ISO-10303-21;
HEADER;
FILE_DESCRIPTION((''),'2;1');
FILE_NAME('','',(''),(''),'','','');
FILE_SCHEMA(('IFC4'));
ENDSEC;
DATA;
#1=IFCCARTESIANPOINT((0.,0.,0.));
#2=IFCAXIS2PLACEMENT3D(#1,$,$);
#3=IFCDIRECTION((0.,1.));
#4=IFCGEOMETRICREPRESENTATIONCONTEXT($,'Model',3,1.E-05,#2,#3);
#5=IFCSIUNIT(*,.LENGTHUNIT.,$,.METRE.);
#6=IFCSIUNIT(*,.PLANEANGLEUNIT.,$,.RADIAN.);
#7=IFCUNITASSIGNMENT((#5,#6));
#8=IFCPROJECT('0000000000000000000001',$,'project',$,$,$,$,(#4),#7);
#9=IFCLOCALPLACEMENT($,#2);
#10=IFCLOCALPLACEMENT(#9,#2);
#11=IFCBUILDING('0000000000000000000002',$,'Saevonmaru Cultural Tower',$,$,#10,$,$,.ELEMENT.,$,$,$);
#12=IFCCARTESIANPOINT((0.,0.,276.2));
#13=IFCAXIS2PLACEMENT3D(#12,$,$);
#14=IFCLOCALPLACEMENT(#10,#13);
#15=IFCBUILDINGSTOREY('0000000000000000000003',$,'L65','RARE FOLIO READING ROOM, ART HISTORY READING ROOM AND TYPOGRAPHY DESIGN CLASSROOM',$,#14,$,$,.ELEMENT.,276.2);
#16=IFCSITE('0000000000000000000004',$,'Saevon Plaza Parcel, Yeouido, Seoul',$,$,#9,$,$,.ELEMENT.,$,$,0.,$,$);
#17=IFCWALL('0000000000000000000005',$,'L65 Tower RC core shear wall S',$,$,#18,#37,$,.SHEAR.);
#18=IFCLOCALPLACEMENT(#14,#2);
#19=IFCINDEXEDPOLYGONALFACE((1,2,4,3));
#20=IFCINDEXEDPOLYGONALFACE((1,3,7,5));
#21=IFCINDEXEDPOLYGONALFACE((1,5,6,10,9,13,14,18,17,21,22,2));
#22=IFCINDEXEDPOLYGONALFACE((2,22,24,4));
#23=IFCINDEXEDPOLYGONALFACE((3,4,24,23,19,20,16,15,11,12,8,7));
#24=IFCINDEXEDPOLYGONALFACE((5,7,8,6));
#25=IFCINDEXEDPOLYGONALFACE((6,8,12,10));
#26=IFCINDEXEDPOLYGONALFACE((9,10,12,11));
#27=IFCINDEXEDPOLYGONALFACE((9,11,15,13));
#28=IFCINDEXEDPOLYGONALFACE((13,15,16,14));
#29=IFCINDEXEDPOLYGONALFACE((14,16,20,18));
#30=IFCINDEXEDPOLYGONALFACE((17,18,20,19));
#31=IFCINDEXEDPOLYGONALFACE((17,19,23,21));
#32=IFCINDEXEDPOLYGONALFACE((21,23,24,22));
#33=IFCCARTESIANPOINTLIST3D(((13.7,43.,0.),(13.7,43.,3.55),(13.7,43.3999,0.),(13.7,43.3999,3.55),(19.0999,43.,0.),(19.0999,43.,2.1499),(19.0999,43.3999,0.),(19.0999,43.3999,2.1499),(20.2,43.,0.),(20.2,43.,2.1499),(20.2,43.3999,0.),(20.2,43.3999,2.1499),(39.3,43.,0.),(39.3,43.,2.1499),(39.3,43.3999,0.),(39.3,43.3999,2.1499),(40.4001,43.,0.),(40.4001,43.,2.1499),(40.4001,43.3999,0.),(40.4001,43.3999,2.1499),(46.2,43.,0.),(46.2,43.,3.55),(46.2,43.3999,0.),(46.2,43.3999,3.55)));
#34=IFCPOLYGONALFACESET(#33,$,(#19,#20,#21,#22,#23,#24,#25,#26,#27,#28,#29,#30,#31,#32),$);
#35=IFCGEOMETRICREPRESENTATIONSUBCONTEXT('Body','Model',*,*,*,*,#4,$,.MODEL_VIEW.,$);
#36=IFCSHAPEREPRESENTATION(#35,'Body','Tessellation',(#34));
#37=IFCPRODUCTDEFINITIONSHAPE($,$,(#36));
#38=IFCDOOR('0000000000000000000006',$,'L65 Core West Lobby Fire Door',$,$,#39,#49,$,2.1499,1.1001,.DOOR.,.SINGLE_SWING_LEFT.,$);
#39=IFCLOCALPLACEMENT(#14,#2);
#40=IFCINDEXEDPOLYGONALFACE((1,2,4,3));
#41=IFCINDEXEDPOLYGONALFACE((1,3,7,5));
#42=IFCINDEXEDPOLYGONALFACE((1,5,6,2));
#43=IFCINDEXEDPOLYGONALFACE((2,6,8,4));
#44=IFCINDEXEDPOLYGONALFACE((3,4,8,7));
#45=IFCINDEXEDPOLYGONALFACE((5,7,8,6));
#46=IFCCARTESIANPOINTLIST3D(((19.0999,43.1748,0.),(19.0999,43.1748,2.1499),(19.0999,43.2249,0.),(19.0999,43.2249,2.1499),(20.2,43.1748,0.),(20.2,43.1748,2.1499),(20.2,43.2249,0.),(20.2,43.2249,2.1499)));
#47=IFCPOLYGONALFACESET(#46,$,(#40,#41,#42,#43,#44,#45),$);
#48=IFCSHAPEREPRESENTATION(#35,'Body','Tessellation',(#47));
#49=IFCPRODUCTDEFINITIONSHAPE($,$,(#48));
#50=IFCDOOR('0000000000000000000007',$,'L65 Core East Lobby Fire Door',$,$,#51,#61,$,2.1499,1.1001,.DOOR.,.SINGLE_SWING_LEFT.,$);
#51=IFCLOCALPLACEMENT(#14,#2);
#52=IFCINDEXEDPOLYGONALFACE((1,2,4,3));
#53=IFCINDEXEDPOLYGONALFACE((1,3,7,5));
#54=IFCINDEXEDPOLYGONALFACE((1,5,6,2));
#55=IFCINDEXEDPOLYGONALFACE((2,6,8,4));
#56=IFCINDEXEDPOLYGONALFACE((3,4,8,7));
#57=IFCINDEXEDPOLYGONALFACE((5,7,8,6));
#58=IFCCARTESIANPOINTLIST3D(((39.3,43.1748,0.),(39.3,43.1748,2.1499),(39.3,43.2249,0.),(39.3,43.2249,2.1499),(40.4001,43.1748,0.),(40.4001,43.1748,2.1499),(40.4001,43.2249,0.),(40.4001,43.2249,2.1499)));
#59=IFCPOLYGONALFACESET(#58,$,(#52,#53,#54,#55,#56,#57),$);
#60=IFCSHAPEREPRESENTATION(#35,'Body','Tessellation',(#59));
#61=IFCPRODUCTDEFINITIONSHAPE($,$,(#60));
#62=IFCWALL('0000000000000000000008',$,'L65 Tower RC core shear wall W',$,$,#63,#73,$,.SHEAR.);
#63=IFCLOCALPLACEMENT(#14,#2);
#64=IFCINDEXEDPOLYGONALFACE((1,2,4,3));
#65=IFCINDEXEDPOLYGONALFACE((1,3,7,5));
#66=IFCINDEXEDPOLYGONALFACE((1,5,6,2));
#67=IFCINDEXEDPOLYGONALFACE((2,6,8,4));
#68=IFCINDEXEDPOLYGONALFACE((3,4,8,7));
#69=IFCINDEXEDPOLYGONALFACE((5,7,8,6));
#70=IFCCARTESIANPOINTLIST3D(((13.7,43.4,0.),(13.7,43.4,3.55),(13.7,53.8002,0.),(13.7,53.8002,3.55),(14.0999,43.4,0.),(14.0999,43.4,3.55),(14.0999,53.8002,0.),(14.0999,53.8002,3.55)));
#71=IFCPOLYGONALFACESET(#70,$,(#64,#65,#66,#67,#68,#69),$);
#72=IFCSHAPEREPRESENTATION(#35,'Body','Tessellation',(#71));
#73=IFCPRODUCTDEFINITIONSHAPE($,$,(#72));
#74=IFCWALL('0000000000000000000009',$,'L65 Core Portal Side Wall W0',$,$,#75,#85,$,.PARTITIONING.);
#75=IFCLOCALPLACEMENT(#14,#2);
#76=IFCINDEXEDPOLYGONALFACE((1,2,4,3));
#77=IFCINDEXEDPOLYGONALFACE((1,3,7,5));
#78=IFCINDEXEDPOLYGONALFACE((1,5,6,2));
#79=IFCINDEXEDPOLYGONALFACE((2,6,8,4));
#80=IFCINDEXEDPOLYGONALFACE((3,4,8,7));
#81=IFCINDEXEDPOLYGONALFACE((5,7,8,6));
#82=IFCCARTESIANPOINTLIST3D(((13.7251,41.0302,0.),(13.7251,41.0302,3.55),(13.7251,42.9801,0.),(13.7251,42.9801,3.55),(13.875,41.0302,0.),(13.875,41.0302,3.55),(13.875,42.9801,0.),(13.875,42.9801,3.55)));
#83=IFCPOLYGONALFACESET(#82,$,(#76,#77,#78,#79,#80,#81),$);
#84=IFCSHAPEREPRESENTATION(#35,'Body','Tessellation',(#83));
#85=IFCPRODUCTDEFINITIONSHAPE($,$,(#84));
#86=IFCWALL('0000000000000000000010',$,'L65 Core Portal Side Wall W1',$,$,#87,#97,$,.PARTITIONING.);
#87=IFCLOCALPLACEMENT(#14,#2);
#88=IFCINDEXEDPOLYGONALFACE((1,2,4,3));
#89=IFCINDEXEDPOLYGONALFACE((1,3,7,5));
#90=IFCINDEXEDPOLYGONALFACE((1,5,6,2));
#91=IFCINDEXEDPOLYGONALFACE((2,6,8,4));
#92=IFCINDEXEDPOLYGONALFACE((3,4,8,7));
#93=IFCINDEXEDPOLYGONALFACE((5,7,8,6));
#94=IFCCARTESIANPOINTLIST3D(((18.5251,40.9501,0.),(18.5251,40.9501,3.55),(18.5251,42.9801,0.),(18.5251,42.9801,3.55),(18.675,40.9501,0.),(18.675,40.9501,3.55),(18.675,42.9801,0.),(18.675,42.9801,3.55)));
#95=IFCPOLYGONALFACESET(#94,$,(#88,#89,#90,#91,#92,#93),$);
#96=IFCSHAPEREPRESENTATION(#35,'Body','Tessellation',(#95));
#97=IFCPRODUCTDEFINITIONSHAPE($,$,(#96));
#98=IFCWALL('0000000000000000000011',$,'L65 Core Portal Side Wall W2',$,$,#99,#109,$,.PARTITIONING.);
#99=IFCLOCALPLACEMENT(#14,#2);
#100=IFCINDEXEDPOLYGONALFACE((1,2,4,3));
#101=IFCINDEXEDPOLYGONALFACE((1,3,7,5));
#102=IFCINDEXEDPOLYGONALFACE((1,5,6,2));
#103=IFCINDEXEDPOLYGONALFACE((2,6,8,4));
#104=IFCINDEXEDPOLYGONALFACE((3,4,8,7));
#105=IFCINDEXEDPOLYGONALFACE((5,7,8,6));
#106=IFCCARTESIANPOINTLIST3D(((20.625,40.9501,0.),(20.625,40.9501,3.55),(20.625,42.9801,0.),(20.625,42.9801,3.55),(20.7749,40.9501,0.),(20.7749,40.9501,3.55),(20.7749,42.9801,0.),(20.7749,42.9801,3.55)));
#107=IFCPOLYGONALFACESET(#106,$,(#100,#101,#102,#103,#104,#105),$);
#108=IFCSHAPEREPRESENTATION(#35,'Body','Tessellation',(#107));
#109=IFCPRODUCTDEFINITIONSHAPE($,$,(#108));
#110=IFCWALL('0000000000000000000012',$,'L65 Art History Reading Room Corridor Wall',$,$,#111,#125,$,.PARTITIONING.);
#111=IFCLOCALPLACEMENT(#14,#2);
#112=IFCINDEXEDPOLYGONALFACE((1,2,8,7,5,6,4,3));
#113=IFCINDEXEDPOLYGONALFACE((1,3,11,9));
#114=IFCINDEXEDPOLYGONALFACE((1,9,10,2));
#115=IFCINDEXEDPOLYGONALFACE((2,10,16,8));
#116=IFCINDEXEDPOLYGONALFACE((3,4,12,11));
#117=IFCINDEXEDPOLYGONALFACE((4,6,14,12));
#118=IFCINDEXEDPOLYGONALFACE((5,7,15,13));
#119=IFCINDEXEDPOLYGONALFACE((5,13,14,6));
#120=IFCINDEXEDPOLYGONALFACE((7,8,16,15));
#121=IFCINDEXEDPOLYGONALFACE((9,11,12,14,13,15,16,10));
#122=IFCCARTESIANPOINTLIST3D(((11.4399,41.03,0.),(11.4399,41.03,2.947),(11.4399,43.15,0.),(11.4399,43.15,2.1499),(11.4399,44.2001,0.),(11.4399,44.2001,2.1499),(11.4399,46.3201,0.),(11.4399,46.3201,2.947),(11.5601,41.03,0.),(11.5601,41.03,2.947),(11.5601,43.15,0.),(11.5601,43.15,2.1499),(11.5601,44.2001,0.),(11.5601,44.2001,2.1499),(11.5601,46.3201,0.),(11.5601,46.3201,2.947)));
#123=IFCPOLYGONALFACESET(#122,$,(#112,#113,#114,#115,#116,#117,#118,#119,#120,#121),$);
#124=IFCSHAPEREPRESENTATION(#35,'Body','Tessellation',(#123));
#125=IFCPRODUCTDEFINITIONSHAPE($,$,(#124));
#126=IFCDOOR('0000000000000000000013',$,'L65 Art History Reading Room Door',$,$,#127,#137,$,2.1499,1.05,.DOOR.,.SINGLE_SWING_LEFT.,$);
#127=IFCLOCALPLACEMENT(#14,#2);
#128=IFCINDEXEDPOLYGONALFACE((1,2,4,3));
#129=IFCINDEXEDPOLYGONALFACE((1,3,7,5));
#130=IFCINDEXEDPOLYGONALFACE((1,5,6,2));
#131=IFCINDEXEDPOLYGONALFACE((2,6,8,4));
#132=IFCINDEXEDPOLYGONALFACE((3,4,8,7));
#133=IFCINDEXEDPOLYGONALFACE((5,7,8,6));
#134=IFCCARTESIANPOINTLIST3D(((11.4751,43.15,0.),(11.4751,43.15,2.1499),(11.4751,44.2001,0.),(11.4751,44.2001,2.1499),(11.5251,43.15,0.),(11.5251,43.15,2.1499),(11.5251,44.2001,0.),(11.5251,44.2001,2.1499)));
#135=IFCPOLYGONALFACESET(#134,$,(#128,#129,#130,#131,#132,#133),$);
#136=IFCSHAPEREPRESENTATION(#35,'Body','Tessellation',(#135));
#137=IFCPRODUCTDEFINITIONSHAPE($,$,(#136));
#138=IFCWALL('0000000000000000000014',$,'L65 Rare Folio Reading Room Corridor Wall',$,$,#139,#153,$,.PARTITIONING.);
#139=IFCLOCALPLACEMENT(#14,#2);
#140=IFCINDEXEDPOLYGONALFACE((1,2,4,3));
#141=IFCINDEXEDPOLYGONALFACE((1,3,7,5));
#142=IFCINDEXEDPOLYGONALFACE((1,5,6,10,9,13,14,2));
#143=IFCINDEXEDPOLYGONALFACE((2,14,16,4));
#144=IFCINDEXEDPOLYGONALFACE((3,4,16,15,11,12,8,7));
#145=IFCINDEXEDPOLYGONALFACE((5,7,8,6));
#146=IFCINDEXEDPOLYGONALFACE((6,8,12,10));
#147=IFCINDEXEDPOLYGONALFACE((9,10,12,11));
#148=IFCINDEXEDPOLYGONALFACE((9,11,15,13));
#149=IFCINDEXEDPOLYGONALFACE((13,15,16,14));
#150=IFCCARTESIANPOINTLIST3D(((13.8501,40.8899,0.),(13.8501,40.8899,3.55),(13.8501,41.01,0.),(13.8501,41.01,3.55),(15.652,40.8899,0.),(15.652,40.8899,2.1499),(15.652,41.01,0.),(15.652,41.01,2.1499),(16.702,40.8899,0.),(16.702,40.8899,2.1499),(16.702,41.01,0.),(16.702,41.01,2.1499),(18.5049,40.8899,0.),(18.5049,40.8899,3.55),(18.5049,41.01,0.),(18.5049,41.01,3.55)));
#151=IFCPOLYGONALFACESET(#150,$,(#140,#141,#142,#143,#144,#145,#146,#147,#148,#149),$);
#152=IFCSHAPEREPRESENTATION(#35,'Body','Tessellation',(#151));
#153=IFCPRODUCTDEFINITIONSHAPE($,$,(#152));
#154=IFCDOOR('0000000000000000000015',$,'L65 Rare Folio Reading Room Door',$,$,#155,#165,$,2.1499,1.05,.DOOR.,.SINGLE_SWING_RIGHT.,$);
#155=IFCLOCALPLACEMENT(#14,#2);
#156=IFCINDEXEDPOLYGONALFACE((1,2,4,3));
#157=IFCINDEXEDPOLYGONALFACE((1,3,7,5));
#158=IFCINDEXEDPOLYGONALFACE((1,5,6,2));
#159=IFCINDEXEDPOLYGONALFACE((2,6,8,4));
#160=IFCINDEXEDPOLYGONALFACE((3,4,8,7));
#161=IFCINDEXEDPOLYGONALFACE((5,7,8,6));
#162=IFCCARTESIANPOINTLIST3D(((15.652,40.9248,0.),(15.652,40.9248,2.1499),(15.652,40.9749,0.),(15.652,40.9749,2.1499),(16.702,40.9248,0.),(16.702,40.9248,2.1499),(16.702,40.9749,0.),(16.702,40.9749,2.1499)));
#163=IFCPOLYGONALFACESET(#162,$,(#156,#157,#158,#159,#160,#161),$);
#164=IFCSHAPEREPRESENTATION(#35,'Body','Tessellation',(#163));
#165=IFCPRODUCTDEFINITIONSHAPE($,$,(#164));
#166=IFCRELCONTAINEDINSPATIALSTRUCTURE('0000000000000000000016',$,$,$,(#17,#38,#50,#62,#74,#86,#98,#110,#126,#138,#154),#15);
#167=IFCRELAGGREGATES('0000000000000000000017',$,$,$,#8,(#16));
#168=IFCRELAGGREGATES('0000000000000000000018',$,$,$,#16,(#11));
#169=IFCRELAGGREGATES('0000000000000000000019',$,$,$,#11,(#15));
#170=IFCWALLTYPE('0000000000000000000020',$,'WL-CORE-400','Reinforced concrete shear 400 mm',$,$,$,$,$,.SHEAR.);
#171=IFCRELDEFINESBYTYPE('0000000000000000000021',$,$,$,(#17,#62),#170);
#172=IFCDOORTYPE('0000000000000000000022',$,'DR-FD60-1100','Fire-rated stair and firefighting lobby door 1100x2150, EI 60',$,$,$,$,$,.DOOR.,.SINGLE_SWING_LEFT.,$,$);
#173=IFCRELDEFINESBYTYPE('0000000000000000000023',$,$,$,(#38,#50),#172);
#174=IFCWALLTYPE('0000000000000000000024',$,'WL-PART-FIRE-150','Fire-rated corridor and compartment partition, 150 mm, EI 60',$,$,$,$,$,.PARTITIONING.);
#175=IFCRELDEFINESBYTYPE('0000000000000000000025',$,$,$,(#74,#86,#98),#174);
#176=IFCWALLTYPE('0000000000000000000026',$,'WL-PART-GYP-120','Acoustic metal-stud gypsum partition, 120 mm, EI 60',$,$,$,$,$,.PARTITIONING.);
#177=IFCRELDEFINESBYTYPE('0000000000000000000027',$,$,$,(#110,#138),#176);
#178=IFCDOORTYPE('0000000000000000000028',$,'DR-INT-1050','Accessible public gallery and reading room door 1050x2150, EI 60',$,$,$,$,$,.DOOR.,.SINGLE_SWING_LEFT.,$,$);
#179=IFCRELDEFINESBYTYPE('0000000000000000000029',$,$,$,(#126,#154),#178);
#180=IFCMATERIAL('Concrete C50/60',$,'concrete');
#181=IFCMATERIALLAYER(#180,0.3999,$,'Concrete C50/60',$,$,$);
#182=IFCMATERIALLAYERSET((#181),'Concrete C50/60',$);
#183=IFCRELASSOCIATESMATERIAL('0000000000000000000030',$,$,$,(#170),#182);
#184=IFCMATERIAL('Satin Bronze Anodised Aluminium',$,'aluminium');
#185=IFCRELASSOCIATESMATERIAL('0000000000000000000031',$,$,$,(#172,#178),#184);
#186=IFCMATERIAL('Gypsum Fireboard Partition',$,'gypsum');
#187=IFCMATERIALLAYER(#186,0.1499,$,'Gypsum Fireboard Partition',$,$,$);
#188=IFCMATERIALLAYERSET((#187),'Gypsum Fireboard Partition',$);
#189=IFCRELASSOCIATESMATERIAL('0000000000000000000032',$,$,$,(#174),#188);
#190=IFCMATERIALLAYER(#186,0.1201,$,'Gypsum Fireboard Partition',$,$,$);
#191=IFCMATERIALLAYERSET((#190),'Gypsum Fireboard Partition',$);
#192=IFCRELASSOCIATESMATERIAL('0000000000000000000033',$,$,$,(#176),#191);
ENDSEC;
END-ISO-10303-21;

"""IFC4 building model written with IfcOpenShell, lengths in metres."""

from ifc_helpers import new_model, si_unit, direction, frame, frame_2d, origin, place, context, subcontext, project, spatial, rectangle, extrude, material, layer, layer_set, type_object, element, fill, save


model = new_model("IFC4")

# Units and contexts
model_context = context("Model", 3, precision=1e-05, world=origin(), true_north=direction((0.0, 1.0)))
body_context = subcontext(model_context, "Body", "Model", "MODEL_VIEW")
ifc_project = project(units=[si_unit("LENGTHUNIT", "METRE"), si_unit("PLANEANGLEUNIT", "RADIAN")], contexts=[model_context])

# Site, building, storey
site_placement = place(None, origin())
site = spatial("IfcSite", under=ifc_project, at=site_placement, Name="Saevon Plaza Parcel, Yeouido, Seoul", CompositionType="ELEMENT", RefElevation=0.0)
building_placement = place(site_placement, origin())
building = spatial("IfcBuilding", under=site, at=building_placement, Name="Saevonmaru Cultural Tower", CompositionType="ELEMENT")
storey_placement = place(building_placement, frame((0.0, 0.0, 276.2)))
storey = spatial("IfcBuildingStorey", under=building, at=storey_placement, Name="L65", Description="RARE FOLIO READING ROOM, ART HISTORY READING ROOM AND TYPOGRAPHY DESIGN CLASSROOM", CompositionType="ELEMENT", Elevation=276.2)

# Wall, openings, doors
ifc_material_1 = material(Name="Concrete C50/60", Category="concrete")
ifc_layer_1 = layer(ifc_material_1, 0.3999, Name="Concrete C50/60")
ifc_layer_set_1 = layer_set([ifc_layer_1], Name="Concrete C50/60")
wall_type_1 = type_object("IfcWallType", Name="WL-CORE-400", Description="Reinforced concrete shear 400 mm", PredefinedType="SHEAR", material=ifc_layer_set_1)
wall_1_placement = place(storey_placement, frame((13.7, 43.2, 0.0), z_axis=(0.0, 0.0, 1.0), x_axis=(1.0, 0.0, 0.0)))
wall_1 = element("IfcWall", 1, at=wall_1_placement, inside=storey, type_object=wall_type_1, Name="L65 Tower RC core shear wall S", PredefinedType="SHEAR", context=body_context, shape_type="SweptSolid", body=[
    extrude(rectangle(XDim=32.5, YDim=0.3999, at=frame_2d((16.25, 0.0))), origin(), (0.0, 0.0, 1.0), 3.55),
])
opening_1_placement = place(wall_1_placement, frame((5.3999, 0.0, 0.0)))
opening_1 = element("IfcOpeningElement", 2, at=opening_1_placement, cuts=wall_1, PredefinedType="OPENING", context=body_context, shape_type="SweptSolid", body=[
    extrude(rectangle(XDim=1.1001, YDim=2.1499, at=frame_2d((0.55, 1.075))), frame((0.0, 0.21, 0.0), z_axis=(0.0, -1.0, 0.0), x_axis=(1.0, 0.0, 0.0)), (0.0, 0.0, 1.0), 0.4199),
])
opening_2_placement = place(wall_1_placement, frame((25.6001, 0.0, 0.0)))
opening_2 = element("IfcOpeningElement", 3, at=opening_2_placement, cuts=wall_1, PredefinedType="OPENING", context=body_context, shape_type="SweptSolid", body=[
    extrude(rectangle(XDim=1.1001, YDim=2.1499, at=frame_2d((0.55, 1.075))), frame((0.0, 0.21, 0.0), z_axis=(0.0, -1.0, 0.0), x_axis=(1.0, 0.0, 0.0)), (0.0, 0.0, 1.0), 0.4199),
])
ifc_material_2 = material(Name="Satin Bronze Anodised Aluminium", Category="aluminium")
door_type_1 = type_object("IfcDoorType", Name="DR-FD60-1100", Description="Fire-rated stair and firefighting lobby door 1100x2150, EI 60", OperationType="SINGLE_SWING_LEFT", PredefinedType="DOOR", material=ifc_material_2)
door_1_placement = place(opening_1_placement, origin())
door_1 = element("IfcDoor", 4, at=door_1_placement, inside=storey, type_object=door_type_1, Name="L65 Core West Lobby Fire Door", OperationType="SINGLE_SWING_LEFT", OverallHeight=2.1499, OverallWidth=1.1001, PredefinedType="DOOR", context=body_context, shape_type="SweptSolid", body=[
    extrude(rectangle(XDim=1.1001, YDim=2.1499, at=frame_2d((0.55, 1.075))), frame((0.0, 0.0249, 0.0), z_axis=(0.0, -1.0, 0.0), x_axis=(1.0, 0.0, 0.0)), (0.0, 0.0, 1.0), 0.05),
])
fill(opening_1, door_1)
door_2_placement = place(opening_2_placement, origin())
door_2 = element("IfcDoor", 5, at=door_2_placement, inside=storey, type_object=door_type_1, Name="L65 Core East Lobby Fire Door", OperationType="SINGLE_SWING_LEFT", OverallHeight=2.1499, OverallWidth=1.1001, PredefinedType="DOOR", context=body_context, shape_type="SweptSolid", body=[
    extrude(rectangle(XDim=1.1001, YDim=2.1499, at=frame_2d((0.55, 1.075))), frame((0.0, 0.0249, 0.0), z_axis=(0.0, -1.0, 0.0), x_axis=(1.0, 0.0, 0.0)), (0.0, 0.0, 1.0), 0.05),
])
fill(opening_2, door_2)

# Walls
wall_2_placement = place(storey_placement, frame((13.8999, 43.3999, 0.0), z_axis=(0.0, 0.0, 1.0), x_axis=(0.0, 1.0, 0.0)))
element("IfcWall", 6, at=wall_2_placement, inside=storey, type_object=wall_type_1, Name="L65 Tower RC core shear wall W", PredefinedType="SHEAR", context=body_context, shape_type="SweptSolid", body=[
    extrude(rectangle(XDim=10.4001, YDim=0.3999, at=frame_2d((5.2002, 0.0))), origin(), (0.0, 0.0, 1.0), 3.55),
])
ifc_material_3 = material(Name="Gypsum Fireboard Partition", Category="gypsum")
ifc_layer_2 = layer(ifc_material_3, 0.1499, Name="Gypsum Fireboard Partition")
ifc_layer_set_2 = layer_set([ifc_layer_2], Name="Gypsum Fireboard Partition")
wall_type_2 = type_object("IfcWallType", Name="WL-PART-FIRE-150", Description="Fire-rated corridor and compartment partition, 150 mm, EI 60", PredefinedType="PARTITIONING", material=ifc_layer_set_2)
wall_3_placement = place(storey_placement, frame((13.8, 41.03, 0.0), z_axis=(0.0, 0.0, 1.0), x_axis=(0.0, 1.0, 0.0)))
element("IfcWall", 7, at=wall_3_placement, inside=storey, type_object=wall_type_2, Name="L65 Core Portal Side Wall W0", PredefinedType="PARTITIONING", context=body_context, shape_type="SweptSolid", body=[
    extrude(rectangle(XDim=1.95, YDim=0.1499, at=frame_2d((0.9751, 0.0))), origin(), (0.0, 0.0, 1.0), 3.55),
])
for number, where, z_axis, x_axis, name in (
    (8, (18.6001, 40.95, 0.0), (0.0, 0.0, 1.0), (0.0, 1.0, 0.0), "L65 Core Portal Side Wall W1"),
    (9, (20.7, 40.95, 0.0), (0.0, 0.0, 1.0), (0.0, 1.0, 0.0), "L65 Core Portal Side Wall W2"),
):
    element("IfcWall", number, at=place(storey_placement, frame(where, z_axis=z_axis, x_axis=x_axis)), inside=storey, type_object=wall_type_2, Name=name, PredefinedType="PARTITIONING", context=body_context, shape_type="SweptSolid", body=[
        extrude(rectangle(XDim=2.03, YDim=0.1499, at=frame_2d((1.0151, 0.0))), origin(), (0.0, 0.0, 1.0), 3.55),
    ])

# Walls, openings, doors
ifc_layer_3 = layer(ifc_material_3, 0.1201, Name="Gypsum Fireboard Partition")
ifc_layer_set_3 = layer_set([ifc_layer_3], Name="Gypsum Fireboard Partition")
wall_type_3 = type_object("IfcWallType", Name="WL-PART-GYP-120", Description="Acoustic metal-stud gypsum partition, 120 mm, EI 60", PredefinedType="PARTITIONING", material=ifc_layer_set_3)
wall_4_placement = place(storey_placement, frame((11.5, 41.03, 0.0), z_axis=(0.0, 0.0, 1.0), x_axis=(0.0, 1.0, 0.0)))
wall_4 = element("IfcWall", 10, at=wall_4_placement, inside=storey, type_object=wall_type_3, Name="L65 Art History Reading Room Corridor Wall", PredefinedType="PARTITIONING", context=body_context, shape_type="SweptSolid", body=[
    extrude(rectangle(XDim=5.29, YDim=0.1201, at=frame_2d((2.645, 0.0))), origin(), (0.0, 0.0, 1.0), 2.947),
])
opening_3_placement = place(wall_4_placement, frame((2.1201, 0.0, 0.0)))
opening_3 = element("IfcOpeningElement", 11, at=opening_3_placement, cuts=wall_4, PredefinedType="OPENING", context=body_context, shape_type="SweptSolid", body=[
    extrude(rectangle(XDim=1.05, YDim=2.1499, at=frame_2d((0.5249, 1.075))), frame((0.0, 0.0701, 0.0), z_axis=(0.0, -1.0, 0.0), x_axis=(1.0, 0.0, 0.0)), (0.0, 0.0, 1.0), 0.1401),
])
door_type_2 = type_object("IfcDoorType", Name="DR-INT-1050", Description="Accessible public gallery and reading room door 1050x2150, EI 60", OperationType="SINGLE_SWING_LEFT", PredefinedType="DOOR", material=ifc_material_2)
door_3_placement = place(opening_3_placement, origin())
door_3 = element("IfcDoor", 12, at=door_3_placement, inside=storey, type_object=door_type_2, Name="L65 Art History Reading Room Door", OperationType="SINGLE_SWING_LEFT", OverallHeight=2.1499, OverallWidth=1.05, PredefinedType="DOOR", context=body_context, shape_type="SweptSolid", body=[
    extrude(rectangle(XDim=1.05, YDim=2.1499, at=frame_2d((0.5249, 1.075))), frame((0.0, 0.0249, 0.0), z_axis=(0.0, -1.0, 0.0), x_axis=(1.0, 0.0, 0.0)), (0.0, 0.0, 1.0), 0.05),
])
fill(opening_3, door_3)
wall_5_placement = place(storey_placement, frame((13.8501, 40.95, 0.0), z_axis=(0.0, 0.0, 1.0), x_axis=(1.0, 0.0, 0.0)))
wall_5 = element("IfcWall", 13, at=wall_5_placement, inside=storey, type_object=wall_type_3, Name="L65 Rare Folio Reading Room Corridor Wall", PredefinedType="PARTITIONING", context=body_context, shape_type="SweptSolid", body=[
    extrude(rectangle(XDim=4.6548, YDim=0.1201, at=frame_2d((2.3274, 0.0))), origin(), (0.0, 0.0, 1.0), 3.55),
])
opening_4_placement = place(wall_5_placement, frame((1.802, 0.0, 0.0)))
opening_4 = element("IfcOpeningElement", 14, at=opening_4_placement, cuts=wall_5, PredefinedType="OPENING", context=body_context, shape_type="SweptSolid", body=[
    extrude(rectangle(XDim=1.05, YDim=2.1499, at=frame_2d((0.5249, 1.075))), frame((0.0, 0.0701, 0.0), z_axis=(0.0, -1.0, 0.0), x_axis=(1.0, 0.0, 0.0)), (0.0, 0.0, 1.0), 0.1401),
])
door_4_placement = place(opening_4_placement, origin())
door_4 = element("IfcDoor", 15, at=door_4_placement, inside=storey, type_object=door_type_2, Name="L65 Rare Folio Reading Room Door", OperationType="SINGLE_SWING_RIGHT", OverallHeight=2.1499, OverallWidth=1.05, PredefinedType="DOOR", context=body_context, shape_type="SweptSolid", body=[
    extrude(rectangle(XDim=1.05, YDim=2.1499, at=frame_2d((0.5249, 1.075))), frame((0.0, 0.0249, 0.0), z_axis=(0.0, -1.0, 0.0), x_axis=(1.0, 0.0, 0.0)), (0.0, 0.0, 1.0), 0.05),
])
fill(opening_4, door_4)

save(model, "model.ifc")
